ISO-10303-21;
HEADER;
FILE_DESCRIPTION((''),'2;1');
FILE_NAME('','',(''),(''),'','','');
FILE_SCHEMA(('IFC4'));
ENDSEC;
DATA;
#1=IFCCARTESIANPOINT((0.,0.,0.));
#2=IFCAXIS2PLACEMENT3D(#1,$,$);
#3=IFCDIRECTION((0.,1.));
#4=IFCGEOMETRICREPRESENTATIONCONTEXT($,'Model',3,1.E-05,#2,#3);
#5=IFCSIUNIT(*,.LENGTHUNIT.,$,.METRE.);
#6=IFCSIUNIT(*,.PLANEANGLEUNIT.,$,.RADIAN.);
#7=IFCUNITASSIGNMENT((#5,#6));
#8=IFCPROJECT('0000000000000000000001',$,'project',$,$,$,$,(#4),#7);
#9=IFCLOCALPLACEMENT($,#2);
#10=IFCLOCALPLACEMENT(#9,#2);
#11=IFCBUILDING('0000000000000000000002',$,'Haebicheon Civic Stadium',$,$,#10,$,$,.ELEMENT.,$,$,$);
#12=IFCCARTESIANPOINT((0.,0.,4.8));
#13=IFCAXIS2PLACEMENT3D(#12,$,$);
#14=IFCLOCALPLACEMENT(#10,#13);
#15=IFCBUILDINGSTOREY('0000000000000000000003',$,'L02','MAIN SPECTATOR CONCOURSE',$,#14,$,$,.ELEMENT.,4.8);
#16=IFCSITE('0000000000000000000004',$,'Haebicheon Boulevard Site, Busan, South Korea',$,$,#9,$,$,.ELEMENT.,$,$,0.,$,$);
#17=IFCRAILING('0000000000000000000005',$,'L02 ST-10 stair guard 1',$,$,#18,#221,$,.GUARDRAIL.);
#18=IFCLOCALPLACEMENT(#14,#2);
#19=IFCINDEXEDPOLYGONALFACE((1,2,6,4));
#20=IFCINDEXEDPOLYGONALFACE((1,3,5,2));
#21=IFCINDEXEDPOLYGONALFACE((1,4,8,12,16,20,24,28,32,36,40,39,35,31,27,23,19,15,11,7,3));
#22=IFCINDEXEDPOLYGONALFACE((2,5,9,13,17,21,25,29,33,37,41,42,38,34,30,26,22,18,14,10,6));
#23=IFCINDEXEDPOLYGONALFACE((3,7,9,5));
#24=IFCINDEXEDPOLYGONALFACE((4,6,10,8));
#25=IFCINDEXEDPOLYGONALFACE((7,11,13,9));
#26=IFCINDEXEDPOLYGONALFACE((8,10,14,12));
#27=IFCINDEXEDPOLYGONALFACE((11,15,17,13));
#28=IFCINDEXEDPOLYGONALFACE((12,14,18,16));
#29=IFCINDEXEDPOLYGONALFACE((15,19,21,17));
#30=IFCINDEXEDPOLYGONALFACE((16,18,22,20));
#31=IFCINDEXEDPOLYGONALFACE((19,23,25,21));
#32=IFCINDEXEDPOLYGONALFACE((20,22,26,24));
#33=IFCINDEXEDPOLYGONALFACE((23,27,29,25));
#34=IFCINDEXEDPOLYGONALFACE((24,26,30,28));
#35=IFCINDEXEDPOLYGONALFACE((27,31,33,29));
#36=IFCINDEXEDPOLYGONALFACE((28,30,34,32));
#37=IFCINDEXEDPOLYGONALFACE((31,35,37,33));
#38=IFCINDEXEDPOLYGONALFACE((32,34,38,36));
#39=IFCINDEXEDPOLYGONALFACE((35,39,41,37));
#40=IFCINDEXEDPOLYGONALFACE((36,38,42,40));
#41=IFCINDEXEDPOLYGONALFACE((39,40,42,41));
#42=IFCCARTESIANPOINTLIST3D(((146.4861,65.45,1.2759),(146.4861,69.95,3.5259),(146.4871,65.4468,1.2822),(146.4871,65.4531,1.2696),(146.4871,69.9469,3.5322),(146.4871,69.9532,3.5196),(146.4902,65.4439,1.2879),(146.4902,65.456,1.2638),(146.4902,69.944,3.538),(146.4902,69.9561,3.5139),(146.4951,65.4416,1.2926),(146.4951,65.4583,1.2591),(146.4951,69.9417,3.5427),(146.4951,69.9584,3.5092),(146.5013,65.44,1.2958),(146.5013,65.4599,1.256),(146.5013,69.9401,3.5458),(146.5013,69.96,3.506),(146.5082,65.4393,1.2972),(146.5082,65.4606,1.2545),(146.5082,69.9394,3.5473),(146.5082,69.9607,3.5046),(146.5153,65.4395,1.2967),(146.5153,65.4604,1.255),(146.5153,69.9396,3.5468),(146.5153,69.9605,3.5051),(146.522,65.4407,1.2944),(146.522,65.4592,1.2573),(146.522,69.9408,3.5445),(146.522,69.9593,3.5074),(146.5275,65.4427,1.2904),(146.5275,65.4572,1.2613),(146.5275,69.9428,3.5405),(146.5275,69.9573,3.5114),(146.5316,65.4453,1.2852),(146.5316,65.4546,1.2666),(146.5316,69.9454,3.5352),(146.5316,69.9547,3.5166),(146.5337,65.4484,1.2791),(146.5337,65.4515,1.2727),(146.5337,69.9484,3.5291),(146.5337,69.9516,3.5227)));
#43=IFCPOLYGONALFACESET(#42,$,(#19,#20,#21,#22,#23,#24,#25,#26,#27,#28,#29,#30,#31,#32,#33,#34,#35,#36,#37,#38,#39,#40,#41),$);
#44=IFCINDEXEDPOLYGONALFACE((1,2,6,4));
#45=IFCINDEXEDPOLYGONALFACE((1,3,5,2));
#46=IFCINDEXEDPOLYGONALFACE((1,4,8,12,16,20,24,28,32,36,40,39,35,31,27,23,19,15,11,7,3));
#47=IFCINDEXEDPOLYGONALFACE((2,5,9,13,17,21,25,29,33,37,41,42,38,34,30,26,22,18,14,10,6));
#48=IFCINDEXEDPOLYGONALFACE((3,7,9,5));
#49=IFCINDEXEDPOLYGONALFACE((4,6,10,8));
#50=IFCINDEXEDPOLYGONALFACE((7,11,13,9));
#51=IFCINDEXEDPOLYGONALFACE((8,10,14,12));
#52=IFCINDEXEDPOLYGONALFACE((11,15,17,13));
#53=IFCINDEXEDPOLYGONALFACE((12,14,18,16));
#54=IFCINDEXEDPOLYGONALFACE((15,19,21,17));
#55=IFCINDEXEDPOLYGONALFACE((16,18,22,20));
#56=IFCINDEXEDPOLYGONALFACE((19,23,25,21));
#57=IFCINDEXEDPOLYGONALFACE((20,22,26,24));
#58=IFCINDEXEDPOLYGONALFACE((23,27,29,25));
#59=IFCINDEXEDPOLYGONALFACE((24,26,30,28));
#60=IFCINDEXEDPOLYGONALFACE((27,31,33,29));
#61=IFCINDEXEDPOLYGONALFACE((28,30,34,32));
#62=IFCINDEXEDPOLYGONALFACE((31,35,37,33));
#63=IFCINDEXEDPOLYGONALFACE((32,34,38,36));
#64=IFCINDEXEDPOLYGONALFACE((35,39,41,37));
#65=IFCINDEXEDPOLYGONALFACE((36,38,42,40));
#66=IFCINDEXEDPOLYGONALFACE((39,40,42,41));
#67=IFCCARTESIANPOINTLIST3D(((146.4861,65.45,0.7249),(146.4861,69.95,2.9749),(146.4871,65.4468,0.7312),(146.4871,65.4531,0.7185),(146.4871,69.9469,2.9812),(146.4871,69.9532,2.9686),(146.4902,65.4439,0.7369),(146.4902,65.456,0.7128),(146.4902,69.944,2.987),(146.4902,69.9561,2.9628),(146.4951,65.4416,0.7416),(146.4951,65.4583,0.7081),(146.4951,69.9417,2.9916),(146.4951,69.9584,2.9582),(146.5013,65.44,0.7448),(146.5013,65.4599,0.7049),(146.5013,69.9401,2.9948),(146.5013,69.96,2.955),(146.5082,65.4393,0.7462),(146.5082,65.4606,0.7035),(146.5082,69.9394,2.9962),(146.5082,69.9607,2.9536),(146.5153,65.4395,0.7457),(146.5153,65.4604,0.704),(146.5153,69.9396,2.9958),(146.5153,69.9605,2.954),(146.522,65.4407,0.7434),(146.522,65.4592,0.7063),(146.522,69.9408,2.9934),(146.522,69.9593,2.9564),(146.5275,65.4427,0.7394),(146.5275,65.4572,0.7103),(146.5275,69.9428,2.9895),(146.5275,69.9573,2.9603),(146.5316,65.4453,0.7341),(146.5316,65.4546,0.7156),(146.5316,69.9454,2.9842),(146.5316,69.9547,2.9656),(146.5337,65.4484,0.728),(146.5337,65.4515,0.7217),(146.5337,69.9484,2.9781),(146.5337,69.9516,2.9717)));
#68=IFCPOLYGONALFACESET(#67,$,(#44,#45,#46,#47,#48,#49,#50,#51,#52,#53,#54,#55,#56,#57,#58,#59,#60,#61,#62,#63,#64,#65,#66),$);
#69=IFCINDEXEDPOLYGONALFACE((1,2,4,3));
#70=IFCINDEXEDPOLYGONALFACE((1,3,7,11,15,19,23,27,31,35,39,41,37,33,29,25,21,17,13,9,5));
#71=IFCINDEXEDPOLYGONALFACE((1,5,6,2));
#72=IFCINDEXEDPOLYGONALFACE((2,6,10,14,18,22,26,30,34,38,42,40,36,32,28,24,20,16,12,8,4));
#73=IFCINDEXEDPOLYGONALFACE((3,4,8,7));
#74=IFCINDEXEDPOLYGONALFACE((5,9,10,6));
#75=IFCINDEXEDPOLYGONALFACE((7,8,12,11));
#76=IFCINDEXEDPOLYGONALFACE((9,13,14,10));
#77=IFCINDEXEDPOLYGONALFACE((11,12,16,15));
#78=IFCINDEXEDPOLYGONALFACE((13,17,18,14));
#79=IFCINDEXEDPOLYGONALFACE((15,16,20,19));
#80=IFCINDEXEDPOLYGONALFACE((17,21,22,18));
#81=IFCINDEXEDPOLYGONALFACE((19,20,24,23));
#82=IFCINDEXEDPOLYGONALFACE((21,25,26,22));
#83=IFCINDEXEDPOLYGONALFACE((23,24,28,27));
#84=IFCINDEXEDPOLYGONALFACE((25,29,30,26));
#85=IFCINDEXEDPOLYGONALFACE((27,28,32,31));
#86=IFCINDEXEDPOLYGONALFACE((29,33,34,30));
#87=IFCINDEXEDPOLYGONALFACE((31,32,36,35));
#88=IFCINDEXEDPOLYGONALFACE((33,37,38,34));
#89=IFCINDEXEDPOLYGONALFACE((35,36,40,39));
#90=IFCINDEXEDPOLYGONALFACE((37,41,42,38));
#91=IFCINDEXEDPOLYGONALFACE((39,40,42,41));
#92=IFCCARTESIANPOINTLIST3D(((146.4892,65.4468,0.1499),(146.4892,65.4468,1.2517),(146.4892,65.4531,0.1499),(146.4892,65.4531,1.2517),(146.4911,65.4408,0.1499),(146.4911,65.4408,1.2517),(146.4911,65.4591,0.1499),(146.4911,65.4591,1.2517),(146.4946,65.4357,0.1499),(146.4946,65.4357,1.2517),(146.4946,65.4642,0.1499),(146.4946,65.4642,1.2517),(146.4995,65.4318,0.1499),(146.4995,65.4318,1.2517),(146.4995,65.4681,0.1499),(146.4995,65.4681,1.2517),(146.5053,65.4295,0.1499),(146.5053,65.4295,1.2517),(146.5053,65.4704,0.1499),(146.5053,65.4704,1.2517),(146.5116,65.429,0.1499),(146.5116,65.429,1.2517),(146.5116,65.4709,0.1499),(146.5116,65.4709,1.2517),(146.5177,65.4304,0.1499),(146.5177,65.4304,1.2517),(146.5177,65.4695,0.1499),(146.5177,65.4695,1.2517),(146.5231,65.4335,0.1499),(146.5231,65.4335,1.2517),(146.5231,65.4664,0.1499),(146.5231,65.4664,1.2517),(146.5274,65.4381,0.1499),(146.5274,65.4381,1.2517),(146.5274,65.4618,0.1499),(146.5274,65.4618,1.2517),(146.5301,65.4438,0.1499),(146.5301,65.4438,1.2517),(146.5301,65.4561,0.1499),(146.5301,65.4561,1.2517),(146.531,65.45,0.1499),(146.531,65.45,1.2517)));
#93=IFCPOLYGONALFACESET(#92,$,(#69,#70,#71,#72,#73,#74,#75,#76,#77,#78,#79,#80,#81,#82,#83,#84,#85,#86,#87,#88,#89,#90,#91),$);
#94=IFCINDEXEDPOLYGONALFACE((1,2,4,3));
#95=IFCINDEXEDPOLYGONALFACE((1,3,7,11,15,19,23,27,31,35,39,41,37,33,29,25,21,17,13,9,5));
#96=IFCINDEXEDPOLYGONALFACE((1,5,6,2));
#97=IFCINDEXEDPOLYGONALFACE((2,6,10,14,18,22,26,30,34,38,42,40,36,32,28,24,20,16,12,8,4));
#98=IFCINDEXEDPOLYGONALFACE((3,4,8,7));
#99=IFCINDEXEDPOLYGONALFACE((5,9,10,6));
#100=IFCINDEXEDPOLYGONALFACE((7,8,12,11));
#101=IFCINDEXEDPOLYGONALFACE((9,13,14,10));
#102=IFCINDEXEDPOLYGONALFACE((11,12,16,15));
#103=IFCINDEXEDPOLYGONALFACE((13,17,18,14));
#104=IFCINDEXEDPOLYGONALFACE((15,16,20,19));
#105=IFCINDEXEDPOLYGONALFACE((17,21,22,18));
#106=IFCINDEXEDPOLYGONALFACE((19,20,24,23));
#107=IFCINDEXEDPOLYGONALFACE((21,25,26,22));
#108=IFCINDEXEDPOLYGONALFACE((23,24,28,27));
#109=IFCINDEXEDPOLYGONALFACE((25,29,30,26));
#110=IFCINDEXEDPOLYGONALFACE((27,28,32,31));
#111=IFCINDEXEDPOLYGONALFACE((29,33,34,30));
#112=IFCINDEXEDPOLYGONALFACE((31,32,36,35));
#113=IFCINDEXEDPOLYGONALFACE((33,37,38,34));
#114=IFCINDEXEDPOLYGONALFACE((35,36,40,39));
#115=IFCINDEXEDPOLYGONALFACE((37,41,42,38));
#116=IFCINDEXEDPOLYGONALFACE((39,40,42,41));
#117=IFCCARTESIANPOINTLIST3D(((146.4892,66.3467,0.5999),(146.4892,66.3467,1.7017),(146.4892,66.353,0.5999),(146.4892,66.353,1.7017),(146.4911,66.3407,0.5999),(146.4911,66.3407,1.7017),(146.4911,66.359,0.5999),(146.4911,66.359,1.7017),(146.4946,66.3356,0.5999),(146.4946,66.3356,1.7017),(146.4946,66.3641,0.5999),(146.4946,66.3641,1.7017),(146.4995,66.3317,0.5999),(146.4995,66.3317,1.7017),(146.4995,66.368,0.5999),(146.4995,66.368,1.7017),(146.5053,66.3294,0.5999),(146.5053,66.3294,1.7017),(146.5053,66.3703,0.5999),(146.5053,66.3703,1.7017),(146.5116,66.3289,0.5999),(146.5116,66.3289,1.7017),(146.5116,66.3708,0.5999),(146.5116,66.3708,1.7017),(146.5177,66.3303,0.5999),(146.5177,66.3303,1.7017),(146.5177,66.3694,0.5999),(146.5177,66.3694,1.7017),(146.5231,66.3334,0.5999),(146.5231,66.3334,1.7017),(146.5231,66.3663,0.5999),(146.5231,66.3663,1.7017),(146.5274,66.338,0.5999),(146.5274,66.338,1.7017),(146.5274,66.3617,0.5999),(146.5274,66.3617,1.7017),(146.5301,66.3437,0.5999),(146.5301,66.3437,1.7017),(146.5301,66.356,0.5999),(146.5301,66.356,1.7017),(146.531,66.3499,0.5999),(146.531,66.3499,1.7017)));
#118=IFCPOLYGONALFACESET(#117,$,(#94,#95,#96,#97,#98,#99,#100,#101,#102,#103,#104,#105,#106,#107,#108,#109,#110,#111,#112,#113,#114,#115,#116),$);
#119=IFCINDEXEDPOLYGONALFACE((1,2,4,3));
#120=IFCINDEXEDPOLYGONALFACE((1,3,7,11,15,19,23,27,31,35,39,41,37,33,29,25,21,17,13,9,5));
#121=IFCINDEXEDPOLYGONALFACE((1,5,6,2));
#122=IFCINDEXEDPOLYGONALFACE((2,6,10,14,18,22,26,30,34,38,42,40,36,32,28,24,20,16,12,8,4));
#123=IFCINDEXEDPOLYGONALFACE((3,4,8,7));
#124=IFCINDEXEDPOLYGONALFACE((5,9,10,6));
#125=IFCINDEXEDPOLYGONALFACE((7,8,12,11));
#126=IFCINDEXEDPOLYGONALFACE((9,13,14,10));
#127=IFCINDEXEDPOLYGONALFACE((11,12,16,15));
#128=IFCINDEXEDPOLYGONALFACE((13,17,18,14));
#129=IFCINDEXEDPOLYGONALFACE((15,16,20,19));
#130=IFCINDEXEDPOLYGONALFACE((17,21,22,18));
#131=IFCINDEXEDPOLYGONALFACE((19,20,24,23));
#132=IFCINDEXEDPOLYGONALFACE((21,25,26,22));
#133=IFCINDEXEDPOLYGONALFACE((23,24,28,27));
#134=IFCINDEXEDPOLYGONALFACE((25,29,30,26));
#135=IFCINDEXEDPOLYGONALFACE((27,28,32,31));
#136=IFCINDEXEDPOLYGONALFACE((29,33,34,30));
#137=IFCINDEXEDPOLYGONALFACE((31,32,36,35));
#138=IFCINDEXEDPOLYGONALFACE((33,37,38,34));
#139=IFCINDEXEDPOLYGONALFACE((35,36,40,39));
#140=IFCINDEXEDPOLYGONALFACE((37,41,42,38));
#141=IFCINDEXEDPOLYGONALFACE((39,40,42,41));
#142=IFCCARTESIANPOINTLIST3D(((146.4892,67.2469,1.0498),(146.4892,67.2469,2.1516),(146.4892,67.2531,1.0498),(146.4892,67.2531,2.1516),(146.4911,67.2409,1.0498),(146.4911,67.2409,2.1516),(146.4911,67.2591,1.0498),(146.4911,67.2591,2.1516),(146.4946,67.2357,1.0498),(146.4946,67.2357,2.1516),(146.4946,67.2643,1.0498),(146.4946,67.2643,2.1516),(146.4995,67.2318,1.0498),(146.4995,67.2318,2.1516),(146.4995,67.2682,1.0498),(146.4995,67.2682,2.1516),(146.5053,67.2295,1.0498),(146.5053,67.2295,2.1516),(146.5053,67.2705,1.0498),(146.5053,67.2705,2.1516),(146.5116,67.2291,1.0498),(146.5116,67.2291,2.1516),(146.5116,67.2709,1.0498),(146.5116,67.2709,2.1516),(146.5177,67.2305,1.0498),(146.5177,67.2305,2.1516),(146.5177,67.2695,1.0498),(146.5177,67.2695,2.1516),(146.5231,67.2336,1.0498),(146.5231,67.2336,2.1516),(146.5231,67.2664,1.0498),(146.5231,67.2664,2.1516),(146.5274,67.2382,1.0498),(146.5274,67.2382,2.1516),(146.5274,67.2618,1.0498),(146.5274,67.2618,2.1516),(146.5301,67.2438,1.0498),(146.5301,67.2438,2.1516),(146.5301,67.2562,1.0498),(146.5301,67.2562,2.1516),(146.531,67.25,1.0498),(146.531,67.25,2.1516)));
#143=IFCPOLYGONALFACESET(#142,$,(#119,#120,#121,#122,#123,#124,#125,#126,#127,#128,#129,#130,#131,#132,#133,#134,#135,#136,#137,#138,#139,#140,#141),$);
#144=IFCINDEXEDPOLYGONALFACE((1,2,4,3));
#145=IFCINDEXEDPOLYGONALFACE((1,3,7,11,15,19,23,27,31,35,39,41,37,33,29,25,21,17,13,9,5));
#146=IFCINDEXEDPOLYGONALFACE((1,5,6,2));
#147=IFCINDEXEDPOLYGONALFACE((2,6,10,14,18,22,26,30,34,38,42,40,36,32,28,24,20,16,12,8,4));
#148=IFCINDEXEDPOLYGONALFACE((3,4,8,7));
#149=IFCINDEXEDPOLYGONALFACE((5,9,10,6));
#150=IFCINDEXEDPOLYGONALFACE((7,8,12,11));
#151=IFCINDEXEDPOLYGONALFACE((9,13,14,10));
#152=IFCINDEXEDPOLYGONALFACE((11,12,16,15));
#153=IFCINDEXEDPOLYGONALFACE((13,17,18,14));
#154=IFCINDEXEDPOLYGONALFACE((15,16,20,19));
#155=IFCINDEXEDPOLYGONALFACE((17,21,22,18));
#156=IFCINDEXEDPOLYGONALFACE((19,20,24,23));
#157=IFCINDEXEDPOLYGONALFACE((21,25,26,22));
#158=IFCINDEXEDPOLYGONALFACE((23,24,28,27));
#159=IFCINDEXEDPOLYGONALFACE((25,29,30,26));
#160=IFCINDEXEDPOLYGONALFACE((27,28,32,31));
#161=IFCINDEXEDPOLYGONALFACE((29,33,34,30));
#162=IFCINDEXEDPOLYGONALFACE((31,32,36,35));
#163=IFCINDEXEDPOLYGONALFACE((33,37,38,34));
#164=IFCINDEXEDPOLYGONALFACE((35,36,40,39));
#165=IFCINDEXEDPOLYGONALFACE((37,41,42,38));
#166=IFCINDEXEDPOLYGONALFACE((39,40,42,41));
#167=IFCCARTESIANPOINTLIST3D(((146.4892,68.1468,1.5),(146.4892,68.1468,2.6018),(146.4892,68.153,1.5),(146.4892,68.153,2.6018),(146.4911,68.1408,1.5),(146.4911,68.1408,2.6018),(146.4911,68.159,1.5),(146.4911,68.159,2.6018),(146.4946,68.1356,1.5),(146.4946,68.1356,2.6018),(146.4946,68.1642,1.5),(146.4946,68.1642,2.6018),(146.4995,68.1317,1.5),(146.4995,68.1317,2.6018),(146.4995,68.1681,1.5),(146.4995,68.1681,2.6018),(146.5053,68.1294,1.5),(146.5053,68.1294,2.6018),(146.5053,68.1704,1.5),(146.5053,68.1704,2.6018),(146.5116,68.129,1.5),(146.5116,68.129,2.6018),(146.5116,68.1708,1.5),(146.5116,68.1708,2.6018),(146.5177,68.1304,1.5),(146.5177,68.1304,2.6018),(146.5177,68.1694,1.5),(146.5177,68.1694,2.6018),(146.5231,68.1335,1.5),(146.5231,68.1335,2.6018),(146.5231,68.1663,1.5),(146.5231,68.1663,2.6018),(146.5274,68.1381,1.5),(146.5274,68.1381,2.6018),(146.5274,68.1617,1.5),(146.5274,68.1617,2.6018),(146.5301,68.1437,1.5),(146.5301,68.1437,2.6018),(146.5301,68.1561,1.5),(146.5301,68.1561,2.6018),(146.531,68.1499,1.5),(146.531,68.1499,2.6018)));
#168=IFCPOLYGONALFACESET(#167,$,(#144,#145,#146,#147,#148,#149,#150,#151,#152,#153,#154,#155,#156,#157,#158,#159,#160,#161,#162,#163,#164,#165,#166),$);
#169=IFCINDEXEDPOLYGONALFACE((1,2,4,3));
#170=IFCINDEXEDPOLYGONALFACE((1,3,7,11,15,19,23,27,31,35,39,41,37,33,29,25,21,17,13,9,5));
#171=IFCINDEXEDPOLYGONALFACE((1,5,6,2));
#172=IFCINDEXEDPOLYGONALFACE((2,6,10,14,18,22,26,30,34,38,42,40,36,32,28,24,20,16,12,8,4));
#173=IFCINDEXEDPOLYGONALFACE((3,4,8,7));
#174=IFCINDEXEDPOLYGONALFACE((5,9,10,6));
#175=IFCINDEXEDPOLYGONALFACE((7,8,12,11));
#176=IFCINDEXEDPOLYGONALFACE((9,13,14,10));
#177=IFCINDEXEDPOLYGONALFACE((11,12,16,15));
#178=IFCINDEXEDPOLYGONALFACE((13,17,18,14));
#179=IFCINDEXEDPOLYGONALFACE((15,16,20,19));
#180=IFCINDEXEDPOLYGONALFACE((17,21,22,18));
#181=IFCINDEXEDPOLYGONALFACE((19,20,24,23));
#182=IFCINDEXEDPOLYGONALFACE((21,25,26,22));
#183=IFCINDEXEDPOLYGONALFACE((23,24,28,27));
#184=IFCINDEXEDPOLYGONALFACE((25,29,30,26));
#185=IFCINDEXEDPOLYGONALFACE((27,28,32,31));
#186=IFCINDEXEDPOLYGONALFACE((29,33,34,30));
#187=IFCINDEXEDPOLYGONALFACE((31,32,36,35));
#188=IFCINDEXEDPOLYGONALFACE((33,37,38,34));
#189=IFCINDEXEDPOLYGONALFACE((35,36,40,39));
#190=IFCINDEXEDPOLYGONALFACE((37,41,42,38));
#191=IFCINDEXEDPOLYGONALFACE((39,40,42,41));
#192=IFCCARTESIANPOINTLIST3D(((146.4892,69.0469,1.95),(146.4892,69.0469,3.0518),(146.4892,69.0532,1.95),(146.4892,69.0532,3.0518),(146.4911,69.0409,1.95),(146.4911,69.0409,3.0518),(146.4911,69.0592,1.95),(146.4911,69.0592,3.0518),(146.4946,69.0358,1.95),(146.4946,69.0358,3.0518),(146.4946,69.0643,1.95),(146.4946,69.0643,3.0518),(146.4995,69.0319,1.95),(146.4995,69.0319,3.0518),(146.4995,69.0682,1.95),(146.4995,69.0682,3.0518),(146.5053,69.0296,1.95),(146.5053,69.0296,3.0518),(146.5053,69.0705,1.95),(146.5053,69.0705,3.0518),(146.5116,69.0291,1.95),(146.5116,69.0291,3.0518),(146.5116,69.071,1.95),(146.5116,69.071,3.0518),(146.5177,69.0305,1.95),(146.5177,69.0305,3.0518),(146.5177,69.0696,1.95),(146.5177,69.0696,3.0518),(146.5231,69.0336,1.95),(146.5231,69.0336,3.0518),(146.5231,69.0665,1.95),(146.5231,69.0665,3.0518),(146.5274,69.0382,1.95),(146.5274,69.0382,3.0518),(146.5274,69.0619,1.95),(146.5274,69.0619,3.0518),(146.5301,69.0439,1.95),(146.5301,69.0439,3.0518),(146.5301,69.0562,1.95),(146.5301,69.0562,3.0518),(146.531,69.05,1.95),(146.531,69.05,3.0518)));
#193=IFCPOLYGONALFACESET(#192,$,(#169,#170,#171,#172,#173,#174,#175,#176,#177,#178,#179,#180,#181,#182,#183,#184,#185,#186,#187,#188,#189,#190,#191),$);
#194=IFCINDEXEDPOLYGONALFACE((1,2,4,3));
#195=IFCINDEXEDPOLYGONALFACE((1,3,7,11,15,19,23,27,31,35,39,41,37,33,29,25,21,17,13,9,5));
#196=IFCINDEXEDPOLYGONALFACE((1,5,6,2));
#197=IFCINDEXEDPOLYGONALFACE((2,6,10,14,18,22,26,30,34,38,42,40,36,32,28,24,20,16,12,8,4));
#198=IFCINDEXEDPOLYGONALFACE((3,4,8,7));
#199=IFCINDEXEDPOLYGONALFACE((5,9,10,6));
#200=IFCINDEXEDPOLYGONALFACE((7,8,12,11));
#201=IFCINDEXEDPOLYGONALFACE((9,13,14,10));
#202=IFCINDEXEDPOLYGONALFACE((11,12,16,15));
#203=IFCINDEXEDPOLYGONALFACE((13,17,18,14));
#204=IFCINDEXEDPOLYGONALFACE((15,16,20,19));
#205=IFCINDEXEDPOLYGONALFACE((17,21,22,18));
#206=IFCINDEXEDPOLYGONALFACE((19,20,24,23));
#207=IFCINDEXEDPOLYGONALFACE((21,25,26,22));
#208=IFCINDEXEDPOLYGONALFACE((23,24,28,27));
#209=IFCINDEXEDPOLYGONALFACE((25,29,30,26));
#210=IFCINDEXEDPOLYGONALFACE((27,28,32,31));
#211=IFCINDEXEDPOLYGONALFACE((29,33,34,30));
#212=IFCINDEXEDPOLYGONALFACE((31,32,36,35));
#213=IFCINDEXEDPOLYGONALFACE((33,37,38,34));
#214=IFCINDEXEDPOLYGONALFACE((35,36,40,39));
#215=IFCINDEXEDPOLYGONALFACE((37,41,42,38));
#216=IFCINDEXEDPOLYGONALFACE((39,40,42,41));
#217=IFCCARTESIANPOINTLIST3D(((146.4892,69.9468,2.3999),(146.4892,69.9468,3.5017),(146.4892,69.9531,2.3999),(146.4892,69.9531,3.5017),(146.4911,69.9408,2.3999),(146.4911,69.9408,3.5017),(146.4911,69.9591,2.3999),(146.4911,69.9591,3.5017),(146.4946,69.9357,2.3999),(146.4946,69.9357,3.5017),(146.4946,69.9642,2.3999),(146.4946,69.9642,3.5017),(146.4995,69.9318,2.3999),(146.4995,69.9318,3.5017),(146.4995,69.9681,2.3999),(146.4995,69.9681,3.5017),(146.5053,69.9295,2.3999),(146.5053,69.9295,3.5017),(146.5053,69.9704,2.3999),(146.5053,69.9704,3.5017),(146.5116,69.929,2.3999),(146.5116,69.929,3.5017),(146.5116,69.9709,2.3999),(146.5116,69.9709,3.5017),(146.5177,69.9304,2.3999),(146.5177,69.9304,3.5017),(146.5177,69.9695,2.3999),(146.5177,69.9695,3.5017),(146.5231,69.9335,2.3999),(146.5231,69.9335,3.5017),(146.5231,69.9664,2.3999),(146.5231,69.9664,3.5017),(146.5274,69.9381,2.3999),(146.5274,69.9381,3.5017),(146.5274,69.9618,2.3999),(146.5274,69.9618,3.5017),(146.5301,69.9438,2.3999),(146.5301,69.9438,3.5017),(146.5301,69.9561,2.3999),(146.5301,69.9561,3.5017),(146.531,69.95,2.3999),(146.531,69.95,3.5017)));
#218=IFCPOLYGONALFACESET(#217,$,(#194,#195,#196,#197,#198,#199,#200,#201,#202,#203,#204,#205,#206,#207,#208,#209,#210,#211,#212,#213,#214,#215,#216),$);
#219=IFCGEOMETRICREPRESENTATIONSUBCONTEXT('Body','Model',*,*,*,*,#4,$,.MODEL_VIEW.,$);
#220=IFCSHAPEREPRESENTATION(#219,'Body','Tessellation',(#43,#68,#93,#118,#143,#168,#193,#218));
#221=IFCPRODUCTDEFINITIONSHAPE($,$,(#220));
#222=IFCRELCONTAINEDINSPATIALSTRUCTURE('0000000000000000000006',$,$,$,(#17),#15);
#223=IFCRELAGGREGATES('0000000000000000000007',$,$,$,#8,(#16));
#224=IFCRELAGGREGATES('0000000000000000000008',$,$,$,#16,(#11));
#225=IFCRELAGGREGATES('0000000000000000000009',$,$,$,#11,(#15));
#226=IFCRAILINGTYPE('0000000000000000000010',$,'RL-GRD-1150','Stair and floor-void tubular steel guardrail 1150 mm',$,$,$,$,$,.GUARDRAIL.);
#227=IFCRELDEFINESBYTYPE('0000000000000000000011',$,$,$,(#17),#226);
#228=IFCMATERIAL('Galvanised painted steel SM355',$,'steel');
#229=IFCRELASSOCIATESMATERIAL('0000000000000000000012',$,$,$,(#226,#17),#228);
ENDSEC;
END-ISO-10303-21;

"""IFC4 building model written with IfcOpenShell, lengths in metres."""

from ifc_helpers import new_model, si_unit, direction, frame, origin, origin_2d, place, context, subcontext, project, spatial, circle, extrude, material, type_object, element, save


model = new_model("IFC4")

# Units and contexts
model_context = context("Model", 3, precision=1e-05, world=origin(), true_north=direction((0.0, 1.0)))
body_context = subcontext(model_context, "Body", "Model", "MODEL_VIEW")
ifc_project = project(units=[si_unit("LENGTHUNIT", "METRE"), si_unit("PLANEANGLEUNIT", "RADIAN")], contexts=[model_context])

# Site, building, storey
site_placement = place(None, origin())
site = spatial("IfcSite", under=ifc_project, at=site_placement, Name="Haebicheon Boulevard Site, Busan, South Korea", CompositionType="ELEMENT", RefElevation=0.0)
building_placement = place(site_placement, origin())
building = spatial("IfcBuilding", under=site, at=building_placement, Name="Haebicheon Civic Stadium", CompositionType="ELEMENT")
storey_placement = place(building_placement, frame((0.0, 0.0, 4.8)))
storey = spatial("IfcBuildingStorey", under=building, at=storey_placement, Name="L02", Description="MAIN SPECTATOR CONCOURSE", CompositionType="ELEMENT", Elevation=4.8)

# Railing
ifc_material_1 = material(Name="Galvanised painted steel SM355", Category="steel")
railing_type_1 = type_object("IfcRailingType", Name="RL-GRD-1150", Description="Stair and floor-void tubular steel guardrail 1150 mm", PredefinedType="GUARDRAIL", material=ifc_material_1)
railing_1_placement = place(storey_placement, frame((146.51, 65.45, 0.1499)))
element("IfcRailing", 1, at=railing_1_placement, inside=storey, type_object=railing_type_1, material=ifc_material_1, Name="L02 ST-10 stair guard 1", PredefinedType="GUARDRAIL", context=body_context, shape_type="SweptSolid", body=[
    extrude(circle(Radius=0.0239, at=origin_2d()), frame((0.0, 0.0, 1.126), z_axis=(0.0, 0.894427, 0.447214), x_axis=(-1.0, 0.0, 0.0)), (0.0, 0.0, 1.0), 5.0312),
    extrude(circle(Radius=0.0239, at=origin_2d()), frame((0.0, 0.0, 0.575), z_axis=(0.0, 0.894427, 0.447214), x_axis=(-1.0, 0.0, 0.0)), (0.0, 0.0, 1.0), 5.0312),
    extrude(circle(Radius=0.021, at=origin_2d()), origin(), (0.0, 0.0, 1.0), 1.1018),
    extrude(circle(Radius=0.021, at=origin_2d()), frame((0.0, 0.8999, 0.45)), (0.0, 0.0, 1.0), 1.1018),
    extrude(circle(Radius=0.021, at=origin_2d()), frame((0.0, 1.8, 0.8999)), (0.0, 0.0, 1.0), 1.1018),
    extrude(circle(Radius=0.021, at=origin_2d()), frame((0.0, 2.7, 1.3501)), (0.0, 0.0, 1.0), 1.1018),
    extrude(circle(Radius=0.021, at=origin_2d()), frame((0.0, 3.6001, 1.8)), (0.0, 0.0, 1.0), 1.1018),
    extrude(circle(Radius=0.021, at=origin_2d()), frame((0.0, 4.5, 2.25)), (0.0, 0.0, 1.0), 1.1018),
])

save(model, "model.ifc")
